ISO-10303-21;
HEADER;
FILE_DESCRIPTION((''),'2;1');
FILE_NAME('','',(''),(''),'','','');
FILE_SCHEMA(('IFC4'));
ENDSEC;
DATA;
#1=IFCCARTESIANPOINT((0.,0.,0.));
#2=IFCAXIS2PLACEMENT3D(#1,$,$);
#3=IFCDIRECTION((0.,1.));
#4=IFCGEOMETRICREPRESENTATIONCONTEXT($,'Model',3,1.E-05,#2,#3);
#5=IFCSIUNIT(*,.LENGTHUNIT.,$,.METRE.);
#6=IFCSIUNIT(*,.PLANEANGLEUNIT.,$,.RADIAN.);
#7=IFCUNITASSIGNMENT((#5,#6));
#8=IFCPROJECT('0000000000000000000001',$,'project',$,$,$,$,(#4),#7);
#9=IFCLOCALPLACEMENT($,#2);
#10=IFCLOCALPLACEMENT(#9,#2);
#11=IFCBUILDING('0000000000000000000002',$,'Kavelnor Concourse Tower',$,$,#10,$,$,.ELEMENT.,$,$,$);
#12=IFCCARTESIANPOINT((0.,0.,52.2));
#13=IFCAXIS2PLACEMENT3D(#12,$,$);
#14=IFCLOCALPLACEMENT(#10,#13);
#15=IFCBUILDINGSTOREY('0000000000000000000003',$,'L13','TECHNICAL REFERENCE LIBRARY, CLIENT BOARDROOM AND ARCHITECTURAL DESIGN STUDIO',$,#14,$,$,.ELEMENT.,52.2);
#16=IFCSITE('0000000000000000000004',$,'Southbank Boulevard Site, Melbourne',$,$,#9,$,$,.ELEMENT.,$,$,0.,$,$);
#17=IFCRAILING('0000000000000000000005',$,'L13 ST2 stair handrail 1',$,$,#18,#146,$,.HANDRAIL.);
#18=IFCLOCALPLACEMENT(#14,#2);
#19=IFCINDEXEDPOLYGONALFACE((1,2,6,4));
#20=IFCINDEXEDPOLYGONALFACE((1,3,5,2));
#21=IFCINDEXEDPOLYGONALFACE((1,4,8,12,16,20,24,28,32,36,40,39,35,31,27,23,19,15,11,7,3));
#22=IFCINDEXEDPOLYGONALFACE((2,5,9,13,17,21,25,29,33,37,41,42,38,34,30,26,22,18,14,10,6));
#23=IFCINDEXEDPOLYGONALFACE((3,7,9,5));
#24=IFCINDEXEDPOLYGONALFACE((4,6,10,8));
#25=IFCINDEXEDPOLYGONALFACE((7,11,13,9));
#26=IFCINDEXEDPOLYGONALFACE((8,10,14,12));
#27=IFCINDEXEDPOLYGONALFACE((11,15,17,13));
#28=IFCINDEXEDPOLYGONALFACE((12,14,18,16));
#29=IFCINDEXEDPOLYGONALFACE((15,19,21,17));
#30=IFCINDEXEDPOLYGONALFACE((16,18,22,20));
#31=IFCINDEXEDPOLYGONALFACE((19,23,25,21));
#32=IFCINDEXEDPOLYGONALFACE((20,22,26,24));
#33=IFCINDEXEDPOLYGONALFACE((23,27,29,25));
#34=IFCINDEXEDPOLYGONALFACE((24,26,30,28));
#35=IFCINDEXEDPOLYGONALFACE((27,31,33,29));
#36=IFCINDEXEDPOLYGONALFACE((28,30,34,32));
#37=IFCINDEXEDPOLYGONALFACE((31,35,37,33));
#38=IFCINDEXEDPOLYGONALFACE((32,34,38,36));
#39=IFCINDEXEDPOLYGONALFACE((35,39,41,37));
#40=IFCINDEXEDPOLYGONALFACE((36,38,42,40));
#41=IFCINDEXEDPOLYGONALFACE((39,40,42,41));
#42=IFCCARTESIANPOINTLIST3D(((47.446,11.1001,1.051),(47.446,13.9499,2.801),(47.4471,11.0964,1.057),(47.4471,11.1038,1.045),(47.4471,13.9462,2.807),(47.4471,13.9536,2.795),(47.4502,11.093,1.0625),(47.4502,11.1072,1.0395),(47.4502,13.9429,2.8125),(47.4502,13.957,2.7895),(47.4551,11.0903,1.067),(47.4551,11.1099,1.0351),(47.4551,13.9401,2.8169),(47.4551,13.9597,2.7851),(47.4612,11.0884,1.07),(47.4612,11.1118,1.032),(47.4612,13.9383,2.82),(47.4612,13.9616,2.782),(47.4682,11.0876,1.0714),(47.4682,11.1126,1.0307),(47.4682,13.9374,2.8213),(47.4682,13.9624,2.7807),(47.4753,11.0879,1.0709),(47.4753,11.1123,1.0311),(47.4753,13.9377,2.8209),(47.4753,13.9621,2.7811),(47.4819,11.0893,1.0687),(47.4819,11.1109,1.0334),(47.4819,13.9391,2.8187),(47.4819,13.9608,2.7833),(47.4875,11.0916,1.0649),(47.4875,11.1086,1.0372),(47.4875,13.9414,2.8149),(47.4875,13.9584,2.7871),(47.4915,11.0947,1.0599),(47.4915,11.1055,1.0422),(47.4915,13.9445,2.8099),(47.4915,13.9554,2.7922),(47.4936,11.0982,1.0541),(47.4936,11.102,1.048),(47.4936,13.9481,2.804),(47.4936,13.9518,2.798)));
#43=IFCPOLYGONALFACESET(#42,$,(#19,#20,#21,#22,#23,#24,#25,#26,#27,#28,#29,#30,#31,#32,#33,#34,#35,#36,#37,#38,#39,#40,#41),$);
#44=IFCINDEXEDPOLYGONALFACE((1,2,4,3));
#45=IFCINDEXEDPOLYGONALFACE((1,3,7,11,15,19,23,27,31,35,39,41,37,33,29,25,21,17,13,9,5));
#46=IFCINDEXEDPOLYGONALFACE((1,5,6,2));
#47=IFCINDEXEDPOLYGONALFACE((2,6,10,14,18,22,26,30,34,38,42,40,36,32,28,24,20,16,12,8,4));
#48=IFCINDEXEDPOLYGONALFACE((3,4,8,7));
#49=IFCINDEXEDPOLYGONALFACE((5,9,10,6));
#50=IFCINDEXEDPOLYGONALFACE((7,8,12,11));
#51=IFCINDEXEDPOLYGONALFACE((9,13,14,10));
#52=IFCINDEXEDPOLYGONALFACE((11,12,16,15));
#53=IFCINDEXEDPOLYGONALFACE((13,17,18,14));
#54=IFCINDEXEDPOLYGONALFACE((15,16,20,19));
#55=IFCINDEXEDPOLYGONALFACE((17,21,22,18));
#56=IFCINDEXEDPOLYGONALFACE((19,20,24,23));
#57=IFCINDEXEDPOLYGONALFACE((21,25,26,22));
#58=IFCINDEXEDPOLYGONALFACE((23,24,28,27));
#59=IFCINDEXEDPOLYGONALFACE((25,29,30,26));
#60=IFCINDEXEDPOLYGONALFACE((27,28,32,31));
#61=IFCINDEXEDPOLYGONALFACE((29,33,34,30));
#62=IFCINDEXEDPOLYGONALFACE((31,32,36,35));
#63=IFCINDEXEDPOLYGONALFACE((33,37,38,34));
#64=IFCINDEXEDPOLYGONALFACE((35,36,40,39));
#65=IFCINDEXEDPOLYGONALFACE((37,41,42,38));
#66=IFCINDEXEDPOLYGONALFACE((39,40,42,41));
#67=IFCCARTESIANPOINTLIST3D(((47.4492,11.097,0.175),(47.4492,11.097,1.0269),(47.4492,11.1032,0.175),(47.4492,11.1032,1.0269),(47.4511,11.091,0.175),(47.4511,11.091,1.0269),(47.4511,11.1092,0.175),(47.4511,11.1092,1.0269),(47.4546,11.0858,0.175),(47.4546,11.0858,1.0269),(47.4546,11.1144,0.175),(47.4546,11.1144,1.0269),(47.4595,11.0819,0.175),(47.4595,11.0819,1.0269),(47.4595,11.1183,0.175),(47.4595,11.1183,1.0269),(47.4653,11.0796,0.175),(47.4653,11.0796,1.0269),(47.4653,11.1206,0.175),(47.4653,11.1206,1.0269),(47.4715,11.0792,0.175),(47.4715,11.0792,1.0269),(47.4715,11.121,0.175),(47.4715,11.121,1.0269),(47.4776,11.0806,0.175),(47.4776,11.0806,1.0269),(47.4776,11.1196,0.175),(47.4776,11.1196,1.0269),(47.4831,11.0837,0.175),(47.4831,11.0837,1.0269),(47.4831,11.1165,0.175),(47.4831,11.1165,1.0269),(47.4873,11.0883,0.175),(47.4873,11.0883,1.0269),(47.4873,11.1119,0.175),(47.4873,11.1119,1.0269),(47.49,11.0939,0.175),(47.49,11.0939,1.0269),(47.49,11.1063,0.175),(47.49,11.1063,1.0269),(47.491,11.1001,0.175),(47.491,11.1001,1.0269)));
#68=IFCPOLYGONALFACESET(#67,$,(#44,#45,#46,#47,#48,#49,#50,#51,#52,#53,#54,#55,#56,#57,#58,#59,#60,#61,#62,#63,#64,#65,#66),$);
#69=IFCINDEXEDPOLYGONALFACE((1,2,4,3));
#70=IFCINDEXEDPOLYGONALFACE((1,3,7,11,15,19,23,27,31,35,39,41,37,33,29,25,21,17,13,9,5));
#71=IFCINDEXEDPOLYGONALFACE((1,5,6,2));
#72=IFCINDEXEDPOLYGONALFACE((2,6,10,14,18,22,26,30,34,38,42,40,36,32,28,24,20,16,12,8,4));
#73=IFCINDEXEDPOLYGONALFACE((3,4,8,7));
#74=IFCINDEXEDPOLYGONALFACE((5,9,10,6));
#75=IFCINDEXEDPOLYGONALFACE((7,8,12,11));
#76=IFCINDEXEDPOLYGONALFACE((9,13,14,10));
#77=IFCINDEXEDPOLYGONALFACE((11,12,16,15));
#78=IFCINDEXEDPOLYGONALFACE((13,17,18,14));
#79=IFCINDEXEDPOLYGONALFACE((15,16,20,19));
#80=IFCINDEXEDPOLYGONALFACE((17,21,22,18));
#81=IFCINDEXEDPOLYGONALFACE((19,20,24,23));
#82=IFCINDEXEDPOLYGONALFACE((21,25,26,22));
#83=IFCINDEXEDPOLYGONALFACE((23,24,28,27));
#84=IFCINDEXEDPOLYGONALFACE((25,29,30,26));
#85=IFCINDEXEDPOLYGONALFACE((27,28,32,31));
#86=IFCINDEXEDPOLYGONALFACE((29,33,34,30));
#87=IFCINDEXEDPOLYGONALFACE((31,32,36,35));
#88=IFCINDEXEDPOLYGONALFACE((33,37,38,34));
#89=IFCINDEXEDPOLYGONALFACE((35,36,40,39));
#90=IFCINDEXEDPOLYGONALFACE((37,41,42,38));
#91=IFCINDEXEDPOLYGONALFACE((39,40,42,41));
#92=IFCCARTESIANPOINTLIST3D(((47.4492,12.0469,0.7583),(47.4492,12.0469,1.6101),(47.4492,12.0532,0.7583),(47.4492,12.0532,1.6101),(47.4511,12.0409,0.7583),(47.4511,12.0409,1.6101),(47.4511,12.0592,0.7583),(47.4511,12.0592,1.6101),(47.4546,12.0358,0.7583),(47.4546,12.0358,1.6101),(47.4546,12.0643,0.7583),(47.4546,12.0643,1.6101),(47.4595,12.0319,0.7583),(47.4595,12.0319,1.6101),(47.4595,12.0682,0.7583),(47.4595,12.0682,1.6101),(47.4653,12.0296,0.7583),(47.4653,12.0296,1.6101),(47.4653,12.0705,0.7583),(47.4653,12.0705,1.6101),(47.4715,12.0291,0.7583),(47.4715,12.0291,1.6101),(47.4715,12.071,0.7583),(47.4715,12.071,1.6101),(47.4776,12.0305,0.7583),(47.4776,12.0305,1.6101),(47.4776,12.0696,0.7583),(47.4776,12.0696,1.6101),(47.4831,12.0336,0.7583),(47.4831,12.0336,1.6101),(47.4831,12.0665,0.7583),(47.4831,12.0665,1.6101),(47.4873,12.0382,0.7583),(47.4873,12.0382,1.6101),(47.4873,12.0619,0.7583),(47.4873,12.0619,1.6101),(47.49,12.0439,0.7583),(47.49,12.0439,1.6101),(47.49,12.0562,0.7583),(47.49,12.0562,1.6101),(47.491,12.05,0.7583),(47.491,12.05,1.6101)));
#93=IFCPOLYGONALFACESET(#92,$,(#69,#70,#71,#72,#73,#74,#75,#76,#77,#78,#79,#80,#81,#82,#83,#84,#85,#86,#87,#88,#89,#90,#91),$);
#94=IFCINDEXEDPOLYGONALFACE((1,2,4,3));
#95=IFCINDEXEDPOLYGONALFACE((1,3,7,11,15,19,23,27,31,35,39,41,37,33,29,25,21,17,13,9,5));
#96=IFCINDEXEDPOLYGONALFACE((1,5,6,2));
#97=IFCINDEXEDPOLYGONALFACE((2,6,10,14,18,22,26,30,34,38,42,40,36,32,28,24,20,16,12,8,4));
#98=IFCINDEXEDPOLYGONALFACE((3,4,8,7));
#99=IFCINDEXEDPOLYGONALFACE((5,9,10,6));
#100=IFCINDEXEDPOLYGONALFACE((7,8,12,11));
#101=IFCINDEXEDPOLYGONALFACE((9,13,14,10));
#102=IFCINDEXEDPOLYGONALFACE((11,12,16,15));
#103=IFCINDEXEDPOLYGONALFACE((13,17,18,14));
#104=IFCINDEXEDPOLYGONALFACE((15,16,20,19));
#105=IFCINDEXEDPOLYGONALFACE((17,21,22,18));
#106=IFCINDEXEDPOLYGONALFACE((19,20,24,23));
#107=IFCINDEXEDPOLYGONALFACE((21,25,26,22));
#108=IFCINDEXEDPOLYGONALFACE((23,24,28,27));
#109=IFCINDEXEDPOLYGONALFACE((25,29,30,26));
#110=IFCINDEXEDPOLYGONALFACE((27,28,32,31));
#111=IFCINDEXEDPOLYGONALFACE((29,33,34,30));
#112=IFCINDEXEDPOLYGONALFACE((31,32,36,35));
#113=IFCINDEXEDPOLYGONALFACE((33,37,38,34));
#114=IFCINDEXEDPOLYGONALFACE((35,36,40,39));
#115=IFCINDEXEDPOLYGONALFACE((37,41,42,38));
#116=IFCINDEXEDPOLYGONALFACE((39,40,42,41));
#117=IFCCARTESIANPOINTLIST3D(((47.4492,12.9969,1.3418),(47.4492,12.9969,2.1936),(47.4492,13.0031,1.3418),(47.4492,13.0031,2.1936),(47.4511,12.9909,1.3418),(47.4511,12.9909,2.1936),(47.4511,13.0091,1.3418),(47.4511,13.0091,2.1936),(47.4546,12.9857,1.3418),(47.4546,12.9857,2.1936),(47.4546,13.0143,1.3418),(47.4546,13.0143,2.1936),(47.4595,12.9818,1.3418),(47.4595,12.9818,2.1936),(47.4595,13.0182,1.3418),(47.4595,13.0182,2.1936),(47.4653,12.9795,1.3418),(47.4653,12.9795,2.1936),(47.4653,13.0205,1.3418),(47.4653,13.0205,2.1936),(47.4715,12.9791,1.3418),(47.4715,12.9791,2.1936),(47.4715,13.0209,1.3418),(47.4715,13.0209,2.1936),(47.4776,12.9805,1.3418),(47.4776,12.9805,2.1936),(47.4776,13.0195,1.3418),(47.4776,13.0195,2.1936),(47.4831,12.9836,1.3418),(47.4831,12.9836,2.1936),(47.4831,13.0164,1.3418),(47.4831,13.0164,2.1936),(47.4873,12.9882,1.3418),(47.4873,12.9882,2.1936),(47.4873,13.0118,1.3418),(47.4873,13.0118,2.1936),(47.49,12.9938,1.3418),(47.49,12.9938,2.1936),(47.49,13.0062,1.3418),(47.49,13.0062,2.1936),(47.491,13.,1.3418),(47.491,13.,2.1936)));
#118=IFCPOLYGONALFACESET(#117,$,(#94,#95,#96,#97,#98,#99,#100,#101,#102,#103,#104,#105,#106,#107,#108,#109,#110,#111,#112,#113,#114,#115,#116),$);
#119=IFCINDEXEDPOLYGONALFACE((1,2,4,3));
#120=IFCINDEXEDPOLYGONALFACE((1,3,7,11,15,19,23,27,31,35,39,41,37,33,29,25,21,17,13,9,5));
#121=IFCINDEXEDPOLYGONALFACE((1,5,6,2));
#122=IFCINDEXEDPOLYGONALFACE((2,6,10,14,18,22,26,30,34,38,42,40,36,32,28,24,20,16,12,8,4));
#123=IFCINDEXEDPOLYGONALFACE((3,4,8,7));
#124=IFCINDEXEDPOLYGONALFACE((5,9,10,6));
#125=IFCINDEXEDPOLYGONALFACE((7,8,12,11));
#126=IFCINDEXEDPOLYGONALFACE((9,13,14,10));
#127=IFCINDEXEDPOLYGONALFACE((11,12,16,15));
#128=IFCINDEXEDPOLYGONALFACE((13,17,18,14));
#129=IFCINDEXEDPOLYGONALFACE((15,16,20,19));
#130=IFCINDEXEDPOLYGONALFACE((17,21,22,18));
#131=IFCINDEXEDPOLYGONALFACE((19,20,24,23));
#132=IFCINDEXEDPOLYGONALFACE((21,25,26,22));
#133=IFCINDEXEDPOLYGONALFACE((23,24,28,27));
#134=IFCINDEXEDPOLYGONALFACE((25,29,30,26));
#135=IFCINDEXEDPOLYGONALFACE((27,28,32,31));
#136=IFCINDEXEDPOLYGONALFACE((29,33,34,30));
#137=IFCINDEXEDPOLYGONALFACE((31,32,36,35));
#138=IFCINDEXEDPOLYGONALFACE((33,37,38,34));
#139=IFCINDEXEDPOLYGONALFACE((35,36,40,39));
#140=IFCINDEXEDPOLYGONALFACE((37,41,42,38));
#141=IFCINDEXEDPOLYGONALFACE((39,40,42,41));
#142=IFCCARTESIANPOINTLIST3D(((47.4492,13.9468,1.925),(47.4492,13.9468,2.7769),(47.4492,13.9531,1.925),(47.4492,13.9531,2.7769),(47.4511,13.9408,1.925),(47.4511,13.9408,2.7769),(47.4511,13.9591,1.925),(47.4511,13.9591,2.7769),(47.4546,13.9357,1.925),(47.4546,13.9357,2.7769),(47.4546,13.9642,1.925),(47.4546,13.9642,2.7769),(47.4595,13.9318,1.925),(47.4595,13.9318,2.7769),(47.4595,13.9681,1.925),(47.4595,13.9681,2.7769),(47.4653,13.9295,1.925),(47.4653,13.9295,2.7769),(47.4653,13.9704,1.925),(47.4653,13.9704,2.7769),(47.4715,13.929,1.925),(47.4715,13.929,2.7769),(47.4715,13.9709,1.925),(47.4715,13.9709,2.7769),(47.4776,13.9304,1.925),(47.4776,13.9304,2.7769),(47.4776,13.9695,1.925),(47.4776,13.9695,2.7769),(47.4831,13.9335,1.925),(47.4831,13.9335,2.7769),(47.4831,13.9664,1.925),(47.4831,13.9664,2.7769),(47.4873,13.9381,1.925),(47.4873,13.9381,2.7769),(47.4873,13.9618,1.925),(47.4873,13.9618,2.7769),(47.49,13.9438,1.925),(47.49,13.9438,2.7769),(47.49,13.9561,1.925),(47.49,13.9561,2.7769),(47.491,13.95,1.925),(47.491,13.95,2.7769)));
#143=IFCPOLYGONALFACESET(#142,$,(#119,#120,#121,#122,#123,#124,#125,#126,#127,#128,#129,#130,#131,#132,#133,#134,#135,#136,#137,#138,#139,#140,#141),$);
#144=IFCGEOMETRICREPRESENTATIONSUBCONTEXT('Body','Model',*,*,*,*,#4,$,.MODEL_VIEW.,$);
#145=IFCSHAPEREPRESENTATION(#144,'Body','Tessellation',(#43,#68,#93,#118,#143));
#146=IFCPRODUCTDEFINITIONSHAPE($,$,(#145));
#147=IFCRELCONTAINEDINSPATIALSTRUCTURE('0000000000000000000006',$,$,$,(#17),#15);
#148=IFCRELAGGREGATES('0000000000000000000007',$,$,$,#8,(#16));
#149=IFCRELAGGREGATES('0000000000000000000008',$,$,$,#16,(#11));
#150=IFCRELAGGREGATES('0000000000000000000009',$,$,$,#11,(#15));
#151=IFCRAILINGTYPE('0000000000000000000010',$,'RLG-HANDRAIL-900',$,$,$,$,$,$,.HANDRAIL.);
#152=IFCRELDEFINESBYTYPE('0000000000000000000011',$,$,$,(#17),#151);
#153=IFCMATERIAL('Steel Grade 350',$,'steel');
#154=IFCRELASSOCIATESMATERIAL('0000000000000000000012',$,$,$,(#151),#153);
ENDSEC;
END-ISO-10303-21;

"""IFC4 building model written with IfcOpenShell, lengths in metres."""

from ifc_helpers import new_model, si_unit, direction, frame, origin, origin_2d, place, context, subcontext, project, spatial, circle, extrude, material, type_object, element, save


model = new_model("IFC4")

# Units and contexts
model_context = context("Model", 3, precision=1e-05, world=origin(), true_north=direction((0.0, 1.0)))
body_context = subcontext(model_context, "Body", "Model", "MODEL_VIEW")
ifc_project = project(units=[si_unit("LENGTHUNIT", "METRE"), si_unit("PLANEANGLEUNIT", "RADIAN")], contexts=[model_context])

# Site, building, storey
site_placement = place(None, origin())
site = spatial("IfcSite", under=ifc_project, at=site_placement, Name="Southbank Boulevard Site, Melbourne", CompositionType="ELEMENT", RefElevation=0.0)
building_placement = place(site_placement, origin())
building = spatial("IfcBuilding", under=site, at=building_placement, Name="Kavelnor Concourse Tower", CompositionType="ELEMENT")
storey_placement = place(building_placement, frame((0.0, 0.0, 52.2)))
storey = spatial("IfcBuildingStorey", under=building, at=storey_placement, Name="L13", Description="TECHNICAL REFERENCE LIBRARY, CLIENT BOARDROOM AND ARCHITECTURAL DESIGN STUDIO", CompositionType="ELEMENT", Elevation=52.2)

# Shared definitions
ifc_material_1 = material(Name="Steel Grade 350", Category="steel")

# Railing
railing_type_1 = type_object("IfcRailingType", Name="RLG-HANDRAIL-900", PredefinedType="HANDRAIL", material=ifc_material_1)
railing_1_placement = place(storey_placement, frame((47.47, 11.1001, 0.175)))
element("IfcRailing", 1, at=railing_1_placement, inside=storey, type_object=railing_type_1, Name="L13 ST2 stair handrail 1", PredefinedType="HANDRAIL", context=body_context, shape_type="SweptSolid", body=[
    extrude(circle(Radius=0.0239, at=origin_2d()), frame((0.0, 0.0, 0.876), z_axis=(0.0, 0.852159, 0.523283), x_axis=(-1.0, 0.0, 0.0)), (0.0, 0.0, 1.0), 3.3442),
    extrude(circle(Radius=0.021, at=origin_2d()), origin(), (0.0, 0.0, 1.0), 0.8518),
    extrude(circle(Radius=0.021, at=origin_2d()), frame((0.0, 0.95, 0.5833)), (0.0, 0.0, 1.0), 0.8518),
    extrude(circle(Radius=0.021, at=origin_2d()), frame((0.0, 1.8999, 1.1667)), (0.0, 0.0, 1.0), 0.8518),
    extrude(circle(Radius=0.021, at=origin_2d()), frame((0.0, 2.8499, 1.75)), (0.0, 0.0, 1.0), 0.8518),
])

save(model, "model.ifc")
